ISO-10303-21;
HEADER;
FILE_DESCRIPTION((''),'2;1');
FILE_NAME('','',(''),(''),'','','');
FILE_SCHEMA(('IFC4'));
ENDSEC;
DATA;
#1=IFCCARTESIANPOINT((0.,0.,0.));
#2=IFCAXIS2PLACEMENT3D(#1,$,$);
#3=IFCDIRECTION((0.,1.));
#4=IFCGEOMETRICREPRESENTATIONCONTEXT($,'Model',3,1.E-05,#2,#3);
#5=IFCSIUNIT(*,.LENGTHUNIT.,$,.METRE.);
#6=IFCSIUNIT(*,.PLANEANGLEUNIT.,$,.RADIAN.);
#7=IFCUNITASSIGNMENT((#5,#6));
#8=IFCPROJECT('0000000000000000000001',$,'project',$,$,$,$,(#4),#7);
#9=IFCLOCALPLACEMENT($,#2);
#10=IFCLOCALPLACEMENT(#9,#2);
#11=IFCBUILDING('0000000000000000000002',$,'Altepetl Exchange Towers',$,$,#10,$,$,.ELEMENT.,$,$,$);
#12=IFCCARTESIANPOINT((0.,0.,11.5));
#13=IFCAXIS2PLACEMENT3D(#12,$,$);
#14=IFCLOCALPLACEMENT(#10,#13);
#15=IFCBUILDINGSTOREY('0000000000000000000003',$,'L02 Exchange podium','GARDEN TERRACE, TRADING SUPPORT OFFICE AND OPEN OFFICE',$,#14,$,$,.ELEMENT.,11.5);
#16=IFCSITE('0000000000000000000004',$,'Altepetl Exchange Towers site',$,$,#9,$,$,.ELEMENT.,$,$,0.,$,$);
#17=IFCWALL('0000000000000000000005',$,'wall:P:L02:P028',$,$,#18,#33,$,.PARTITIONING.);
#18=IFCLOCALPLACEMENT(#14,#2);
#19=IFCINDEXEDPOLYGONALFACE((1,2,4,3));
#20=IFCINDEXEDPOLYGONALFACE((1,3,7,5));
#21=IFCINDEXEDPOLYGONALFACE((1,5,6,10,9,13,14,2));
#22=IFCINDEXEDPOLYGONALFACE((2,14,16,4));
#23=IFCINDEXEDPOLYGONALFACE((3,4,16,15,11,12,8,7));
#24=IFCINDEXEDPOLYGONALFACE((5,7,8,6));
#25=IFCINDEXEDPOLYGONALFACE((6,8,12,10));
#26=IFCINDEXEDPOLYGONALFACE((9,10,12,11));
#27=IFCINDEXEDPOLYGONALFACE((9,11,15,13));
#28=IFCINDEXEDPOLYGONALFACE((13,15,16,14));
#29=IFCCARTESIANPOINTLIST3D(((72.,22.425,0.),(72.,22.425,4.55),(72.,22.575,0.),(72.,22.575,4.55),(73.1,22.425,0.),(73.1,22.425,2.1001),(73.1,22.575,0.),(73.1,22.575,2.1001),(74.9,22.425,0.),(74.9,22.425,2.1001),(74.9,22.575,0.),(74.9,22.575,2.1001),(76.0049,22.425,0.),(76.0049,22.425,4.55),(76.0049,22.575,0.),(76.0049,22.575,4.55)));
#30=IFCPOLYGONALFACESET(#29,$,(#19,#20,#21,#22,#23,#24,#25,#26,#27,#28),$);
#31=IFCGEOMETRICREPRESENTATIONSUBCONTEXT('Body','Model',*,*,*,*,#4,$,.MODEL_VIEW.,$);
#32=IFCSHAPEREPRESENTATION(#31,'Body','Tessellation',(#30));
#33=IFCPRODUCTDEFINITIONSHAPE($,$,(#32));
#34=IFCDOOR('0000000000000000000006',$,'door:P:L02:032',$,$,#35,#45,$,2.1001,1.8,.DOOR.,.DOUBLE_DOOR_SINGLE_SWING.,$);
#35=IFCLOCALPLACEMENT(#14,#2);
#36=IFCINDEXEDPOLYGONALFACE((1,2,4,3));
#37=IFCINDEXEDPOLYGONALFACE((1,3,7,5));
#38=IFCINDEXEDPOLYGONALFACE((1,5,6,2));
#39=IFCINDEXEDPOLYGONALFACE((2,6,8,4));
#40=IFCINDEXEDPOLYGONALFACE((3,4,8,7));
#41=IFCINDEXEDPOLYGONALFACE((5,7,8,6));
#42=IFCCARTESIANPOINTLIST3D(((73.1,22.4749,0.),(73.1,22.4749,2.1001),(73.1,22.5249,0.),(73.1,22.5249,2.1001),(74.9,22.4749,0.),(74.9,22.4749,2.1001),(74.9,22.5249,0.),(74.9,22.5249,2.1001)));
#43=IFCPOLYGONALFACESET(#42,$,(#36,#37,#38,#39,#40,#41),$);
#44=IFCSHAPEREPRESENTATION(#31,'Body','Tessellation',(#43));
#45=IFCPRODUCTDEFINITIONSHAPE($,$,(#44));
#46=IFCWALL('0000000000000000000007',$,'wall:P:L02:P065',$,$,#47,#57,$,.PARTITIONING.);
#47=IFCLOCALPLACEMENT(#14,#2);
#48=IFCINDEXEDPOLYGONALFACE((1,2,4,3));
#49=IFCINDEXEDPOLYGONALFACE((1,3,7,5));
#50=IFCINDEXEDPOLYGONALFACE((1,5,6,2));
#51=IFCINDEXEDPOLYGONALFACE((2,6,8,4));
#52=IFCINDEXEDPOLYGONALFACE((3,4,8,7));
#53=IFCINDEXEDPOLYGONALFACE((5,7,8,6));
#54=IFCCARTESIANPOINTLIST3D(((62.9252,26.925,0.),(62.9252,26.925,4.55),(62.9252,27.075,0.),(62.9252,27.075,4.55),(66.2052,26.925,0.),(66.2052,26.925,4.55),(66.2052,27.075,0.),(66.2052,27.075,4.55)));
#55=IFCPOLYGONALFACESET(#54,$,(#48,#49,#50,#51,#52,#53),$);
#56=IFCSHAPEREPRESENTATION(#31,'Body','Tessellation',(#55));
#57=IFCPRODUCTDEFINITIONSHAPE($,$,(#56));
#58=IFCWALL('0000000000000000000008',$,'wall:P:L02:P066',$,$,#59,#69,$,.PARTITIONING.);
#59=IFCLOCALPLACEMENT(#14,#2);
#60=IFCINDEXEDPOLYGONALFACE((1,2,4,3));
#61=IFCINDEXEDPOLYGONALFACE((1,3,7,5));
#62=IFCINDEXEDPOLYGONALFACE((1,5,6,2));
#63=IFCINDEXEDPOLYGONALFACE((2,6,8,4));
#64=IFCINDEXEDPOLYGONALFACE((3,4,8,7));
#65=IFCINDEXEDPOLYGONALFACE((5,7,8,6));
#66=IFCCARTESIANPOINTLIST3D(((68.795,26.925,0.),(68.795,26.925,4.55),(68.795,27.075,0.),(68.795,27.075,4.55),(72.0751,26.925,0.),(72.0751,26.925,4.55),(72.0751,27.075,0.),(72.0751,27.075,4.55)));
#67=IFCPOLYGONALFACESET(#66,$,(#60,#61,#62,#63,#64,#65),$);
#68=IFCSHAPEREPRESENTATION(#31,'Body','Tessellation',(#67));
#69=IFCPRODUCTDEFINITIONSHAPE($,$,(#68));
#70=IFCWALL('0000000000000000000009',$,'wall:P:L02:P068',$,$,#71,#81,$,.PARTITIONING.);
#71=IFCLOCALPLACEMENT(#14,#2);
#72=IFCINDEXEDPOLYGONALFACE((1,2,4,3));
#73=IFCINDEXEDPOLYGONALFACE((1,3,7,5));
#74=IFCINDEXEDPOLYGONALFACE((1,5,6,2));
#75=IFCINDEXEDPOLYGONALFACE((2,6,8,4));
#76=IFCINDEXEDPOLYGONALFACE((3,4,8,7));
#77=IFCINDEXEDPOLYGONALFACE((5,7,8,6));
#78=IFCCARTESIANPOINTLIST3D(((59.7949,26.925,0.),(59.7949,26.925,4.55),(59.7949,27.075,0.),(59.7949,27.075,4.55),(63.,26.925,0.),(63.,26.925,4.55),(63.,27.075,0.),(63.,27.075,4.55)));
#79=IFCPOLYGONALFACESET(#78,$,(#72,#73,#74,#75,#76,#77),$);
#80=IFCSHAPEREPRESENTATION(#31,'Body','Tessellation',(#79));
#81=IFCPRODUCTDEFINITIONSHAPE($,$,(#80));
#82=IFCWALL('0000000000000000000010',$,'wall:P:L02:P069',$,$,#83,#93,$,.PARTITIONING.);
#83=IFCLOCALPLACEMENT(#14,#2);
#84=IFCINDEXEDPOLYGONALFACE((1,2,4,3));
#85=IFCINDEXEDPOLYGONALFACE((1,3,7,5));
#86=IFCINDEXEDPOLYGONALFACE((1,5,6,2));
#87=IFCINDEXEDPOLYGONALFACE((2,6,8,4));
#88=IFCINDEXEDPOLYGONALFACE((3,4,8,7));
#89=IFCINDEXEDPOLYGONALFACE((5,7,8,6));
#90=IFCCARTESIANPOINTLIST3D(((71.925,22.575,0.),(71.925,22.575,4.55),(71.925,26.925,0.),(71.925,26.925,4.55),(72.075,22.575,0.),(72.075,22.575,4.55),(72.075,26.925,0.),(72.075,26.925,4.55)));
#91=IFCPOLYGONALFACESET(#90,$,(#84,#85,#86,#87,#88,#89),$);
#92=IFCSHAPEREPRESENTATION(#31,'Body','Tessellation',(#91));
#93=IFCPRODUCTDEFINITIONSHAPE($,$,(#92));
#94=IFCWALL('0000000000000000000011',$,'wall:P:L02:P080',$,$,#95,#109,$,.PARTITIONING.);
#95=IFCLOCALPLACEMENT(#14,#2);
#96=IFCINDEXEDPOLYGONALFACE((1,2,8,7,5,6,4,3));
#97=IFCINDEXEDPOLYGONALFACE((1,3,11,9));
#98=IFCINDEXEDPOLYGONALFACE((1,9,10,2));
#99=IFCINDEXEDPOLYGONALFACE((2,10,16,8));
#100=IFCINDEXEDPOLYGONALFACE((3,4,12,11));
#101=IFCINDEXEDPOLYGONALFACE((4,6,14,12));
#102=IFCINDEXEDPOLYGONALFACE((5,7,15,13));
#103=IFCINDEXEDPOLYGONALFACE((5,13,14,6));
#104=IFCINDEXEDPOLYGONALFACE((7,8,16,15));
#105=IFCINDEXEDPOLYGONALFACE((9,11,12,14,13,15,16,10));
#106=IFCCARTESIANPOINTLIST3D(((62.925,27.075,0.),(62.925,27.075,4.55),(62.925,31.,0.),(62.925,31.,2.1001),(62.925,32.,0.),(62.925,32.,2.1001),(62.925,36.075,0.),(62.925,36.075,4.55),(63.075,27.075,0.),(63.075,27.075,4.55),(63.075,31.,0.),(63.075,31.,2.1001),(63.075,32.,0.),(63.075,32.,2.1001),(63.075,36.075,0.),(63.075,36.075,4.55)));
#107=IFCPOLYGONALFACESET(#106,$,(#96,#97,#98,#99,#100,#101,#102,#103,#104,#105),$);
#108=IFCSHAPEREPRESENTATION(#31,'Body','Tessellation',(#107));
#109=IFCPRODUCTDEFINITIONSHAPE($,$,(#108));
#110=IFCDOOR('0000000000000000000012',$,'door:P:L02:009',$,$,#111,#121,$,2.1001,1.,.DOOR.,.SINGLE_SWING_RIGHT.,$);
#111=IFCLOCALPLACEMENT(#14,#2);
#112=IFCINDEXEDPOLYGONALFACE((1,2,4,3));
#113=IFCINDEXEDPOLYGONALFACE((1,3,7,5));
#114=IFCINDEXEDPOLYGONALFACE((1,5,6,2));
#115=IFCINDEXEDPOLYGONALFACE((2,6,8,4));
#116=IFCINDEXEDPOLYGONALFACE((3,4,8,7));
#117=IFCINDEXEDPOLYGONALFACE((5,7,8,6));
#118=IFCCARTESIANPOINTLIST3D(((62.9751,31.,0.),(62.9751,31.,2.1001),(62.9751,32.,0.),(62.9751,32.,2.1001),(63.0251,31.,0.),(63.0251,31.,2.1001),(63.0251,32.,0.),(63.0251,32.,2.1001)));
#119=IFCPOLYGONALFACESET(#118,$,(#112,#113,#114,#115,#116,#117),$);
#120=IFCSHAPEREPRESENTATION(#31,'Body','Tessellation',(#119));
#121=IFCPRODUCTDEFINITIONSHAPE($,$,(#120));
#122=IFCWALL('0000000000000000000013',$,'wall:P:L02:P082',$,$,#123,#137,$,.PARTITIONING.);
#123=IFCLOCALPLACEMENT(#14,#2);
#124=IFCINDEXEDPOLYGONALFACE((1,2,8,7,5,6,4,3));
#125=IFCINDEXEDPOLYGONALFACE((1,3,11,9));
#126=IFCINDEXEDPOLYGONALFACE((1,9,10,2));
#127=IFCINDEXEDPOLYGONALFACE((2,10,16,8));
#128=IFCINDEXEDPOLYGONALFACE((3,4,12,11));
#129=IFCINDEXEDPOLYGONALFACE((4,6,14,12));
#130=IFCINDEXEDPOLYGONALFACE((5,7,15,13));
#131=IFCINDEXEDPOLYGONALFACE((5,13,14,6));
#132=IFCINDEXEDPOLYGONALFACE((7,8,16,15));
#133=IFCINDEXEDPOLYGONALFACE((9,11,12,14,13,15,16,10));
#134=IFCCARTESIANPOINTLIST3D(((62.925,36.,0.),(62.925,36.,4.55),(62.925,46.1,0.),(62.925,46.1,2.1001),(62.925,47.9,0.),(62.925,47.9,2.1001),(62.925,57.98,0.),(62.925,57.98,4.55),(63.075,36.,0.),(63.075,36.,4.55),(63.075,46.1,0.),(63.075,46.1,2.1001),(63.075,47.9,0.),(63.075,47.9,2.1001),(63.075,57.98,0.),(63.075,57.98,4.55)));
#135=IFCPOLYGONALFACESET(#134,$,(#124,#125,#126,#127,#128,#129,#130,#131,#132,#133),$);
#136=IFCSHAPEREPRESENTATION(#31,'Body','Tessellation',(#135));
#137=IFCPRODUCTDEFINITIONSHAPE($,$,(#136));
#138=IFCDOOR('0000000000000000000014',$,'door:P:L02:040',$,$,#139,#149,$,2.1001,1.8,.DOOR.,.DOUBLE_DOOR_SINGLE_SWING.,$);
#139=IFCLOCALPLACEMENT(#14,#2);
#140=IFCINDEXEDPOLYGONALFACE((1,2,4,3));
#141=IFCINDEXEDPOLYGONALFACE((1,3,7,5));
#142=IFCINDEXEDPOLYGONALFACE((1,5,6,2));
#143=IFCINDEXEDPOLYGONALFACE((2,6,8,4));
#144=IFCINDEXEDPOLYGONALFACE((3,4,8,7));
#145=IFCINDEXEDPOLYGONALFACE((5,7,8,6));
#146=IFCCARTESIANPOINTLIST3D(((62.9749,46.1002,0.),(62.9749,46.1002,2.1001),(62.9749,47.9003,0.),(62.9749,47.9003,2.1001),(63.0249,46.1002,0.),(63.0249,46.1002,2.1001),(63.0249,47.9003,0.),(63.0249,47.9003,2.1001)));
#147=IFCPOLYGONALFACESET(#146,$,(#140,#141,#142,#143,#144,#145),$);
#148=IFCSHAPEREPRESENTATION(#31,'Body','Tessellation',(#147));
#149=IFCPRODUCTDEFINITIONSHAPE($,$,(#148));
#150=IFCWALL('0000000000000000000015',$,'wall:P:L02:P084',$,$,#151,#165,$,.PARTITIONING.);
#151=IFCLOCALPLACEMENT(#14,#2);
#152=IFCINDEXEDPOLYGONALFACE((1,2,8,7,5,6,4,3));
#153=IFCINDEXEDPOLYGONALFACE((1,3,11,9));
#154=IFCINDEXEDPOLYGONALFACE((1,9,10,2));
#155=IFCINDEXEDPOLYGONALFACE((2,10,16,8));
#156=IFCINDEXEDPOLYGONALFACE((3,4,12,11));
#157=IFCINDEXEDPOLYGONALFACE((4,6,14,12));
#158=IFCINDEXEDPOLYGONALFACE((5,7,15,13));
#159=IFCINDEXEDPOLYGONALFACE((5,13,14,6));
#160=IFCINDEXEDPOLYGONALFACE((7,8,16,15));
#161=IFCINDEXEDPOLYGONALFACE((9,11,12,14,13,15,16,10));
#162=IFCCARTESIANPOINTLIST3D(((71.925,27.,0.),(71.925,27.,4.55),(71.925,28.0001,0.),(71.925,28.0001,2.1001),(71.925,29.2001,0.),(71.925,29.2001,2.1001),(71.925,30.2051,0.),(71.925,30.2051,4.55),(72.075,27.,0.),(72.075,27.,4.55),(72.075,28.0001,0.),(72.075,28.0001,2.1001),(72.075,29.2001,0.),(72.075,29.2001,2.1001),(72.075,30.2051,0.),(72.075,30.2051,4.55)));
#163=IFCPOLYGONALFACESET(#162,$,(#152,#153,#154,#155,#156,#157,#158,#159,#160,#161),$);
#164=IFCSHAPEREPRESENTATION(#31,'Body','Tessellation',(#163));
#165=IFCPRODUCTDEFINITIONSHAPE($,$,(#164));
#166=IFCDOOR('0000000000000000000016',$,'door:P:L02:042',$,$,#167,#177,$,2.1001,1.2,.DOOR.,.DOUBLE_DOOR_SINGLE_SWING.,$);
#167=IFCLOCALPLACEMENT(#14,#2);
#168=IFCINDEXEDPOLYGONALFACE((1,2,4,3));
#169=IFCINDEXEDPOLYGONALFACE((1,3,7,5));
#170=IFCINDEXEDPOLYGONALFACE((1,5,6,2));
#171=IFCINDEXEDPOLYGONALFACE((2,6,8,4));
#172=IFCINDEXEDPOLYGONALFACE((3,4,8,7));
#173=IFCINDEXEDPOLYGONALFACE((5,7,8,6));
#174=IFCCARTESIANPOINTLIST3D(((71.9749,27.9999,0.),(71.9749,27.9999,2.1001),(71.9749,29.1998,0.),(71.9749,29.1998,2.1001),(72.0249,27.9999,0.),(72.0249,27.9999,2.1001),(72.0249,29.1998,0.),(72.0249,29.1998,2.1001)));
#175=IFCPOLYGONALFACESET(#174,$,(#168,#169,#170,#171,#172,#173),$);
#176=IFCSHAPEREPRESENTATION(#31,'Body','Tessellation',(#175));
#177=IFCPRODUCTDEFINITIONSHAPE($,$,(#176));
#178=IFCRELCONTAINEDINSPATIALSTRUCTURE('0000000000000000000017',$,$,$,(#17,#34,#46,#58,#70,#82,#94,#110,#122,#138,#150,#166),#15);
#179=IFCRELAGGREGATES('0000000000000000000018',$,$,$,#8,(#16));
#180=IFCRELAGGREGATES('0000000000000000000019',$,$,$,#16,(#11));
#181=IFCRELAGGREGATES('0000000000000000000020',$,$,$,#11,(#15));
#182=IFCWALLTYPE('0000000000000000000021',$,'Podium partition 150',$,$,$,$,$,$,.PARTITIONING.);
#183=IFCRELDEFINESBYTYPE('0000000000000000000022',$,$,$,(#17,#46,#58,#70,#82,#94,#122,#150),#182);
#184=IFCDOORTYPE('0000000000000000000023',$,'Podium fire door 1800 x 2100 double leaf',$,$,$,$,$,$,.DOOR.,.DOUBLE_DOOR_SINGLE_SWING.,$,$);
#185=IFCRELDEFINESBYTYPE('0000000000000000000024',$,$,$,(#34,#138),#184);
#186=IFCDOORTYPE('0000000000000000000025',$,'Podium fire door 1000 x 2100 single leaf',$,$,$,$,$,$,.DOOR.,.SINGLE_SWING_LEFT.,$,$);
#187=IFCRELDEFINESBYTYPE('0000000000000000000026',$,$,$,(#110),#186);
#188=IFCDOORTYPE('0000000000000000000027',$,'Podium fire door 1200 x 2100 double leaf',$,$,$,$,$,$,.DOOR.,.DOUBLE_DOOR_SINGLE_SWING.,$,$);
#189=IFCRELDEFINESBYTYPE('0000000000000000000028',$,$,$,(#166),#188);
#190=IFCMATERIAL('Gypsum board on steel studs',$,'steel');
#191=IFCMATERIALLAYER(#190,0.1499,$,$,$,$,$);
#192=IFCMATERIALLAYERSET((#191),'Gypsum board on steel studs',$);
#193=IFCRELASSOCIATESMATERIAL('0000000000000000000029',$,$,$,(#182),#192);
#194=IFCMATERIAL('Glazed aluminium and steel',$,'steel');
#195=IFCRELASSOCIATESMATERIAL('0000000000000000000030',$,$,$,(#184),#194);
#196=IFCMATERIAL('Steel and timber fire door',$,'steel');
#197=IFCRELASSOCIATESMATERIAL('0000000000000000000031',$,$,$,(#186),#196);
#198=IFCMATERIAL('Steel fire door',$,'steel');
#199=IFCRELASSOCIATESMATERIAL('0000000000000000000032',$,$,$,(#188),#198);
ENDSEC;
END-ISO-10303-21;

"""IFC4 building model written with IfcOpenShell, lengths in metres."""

from ifc_helpers import new_model, si_unit, direction, frame, frame_2d, origin, place, context, subcontext, project, spatial, rectangle, extrude, material, layer, layer_set, type_object, element, fill, save


model = new_model("IFC4")

# Units and contexts
model_context = context("Model", 3, precision=1e-05, world=origin(), true_north=direction((0.0, 1.0)))
body_context = subcontext(model_context, "Body", "Model", "MODEL_VIEW")
ifc_project = project(units=[si_unit("LENGTHUNIT", "METRE"), si_unit("PLANEANGLEUNIT", "RADIAN")], contexts=[model_context])

# Site, building, storey
site_placement = place(None, origin())
site = spatial("IfcSite", under=ifc_project, at=site_placement, Name="Altepetl Exchange Towers site", CompositionType="ELEMENT", RefElevation=0.0)
building_placement = place(site_placement, origin())
building = spatial("IfcBuilding", under=site, at=building_placement, Name="Altepetl Exchange Towers", CompositionType="ELEMENT")
storey_placement = place(building_placement, frame((0.0, 0.0, 11.5)))
storey = spatial("IfcBuildingStorey", under=building, at=storey_placement, Name="L02 Exchange podium", Description="GARDEN TERRACE, TRADING SUPPORT OFFICE AND OPEN OFFICE", CompositionType="ELEMENT", Elevation=11.5)

# Shared definitions
ifc_material_1 = material(Name="Steel and timber fire door", Category="steel")

# Shared definitions
ifc_material_2 = material(Name="Gypsum board on steel studs", Category="steel")
ifc_layer_1 = layer(ifc_material_2, 0.1499)
ifc_layer_set_1 = layer_set([ifc_layer_1], Name="Gypsum board on steel studs")
wall_type_1 = type_object("IfcWallType", Name="Podium partition 150", PredefinedType="PARTITIONING", material=ifc_layer_set_1)

# Wall, opening, door
wall_1_placement = place(storey_placement, frame((72.0, 22.5, 0.0)))
wall_1 = element("IfcWall", 1, at=wall_1_placement, inside=storey, type_object=wall_type_1, Name="wall:P:L02:P028", PredefinedType="PARTITIONING", context=body_context, shape_type="SweptSolid", body=[
    extrude(rectangle(XDim=4.0049, YDim=0.1499, at=frame_2d((2.0024, 0.0))), origin(), (0.0, 0.0, 1.0), 4.55),
])
opening_1_placement = place(wall_1_placement, frame((1.1001, 0.0, 0.0)))
opening_1 = element("IfcOpeningElement", 2, at=opening_1_placement, cuts=wall_1, PredefinedType="OPENING", context=body_context, shape_type="SweptSolid", body=[
    extrude(rectangle(XDim=1.8, YDim=2.1001, at=frame_2d((0.8999, 1.05))), frame((0.0, 0.085, 0.0), z_axis=(0.0, -1.0, 0.0), x_axis=(1.0, 0.0, 0.0)), (0.0, 0.0, 1.0), 0.1699),
])
ifc_material_3 = material(Name="Glazed aluminium and steel", Category="steel")
door_type_1 = type_object("IfcDoorType", Name="Podium fire door 1800 x 2100 double leaf", OperationType="DOUBLE_DOOR_SINGLE_SWING", PredefinedType="DOOR", material=ifc_material_3)
door_1_placement = place(opening_1_placement, origin())
door_1 = element("IfcDoor", 3, at=door_1_placement, inside=storey, type_object=door_type_1, Name="door:P:L02:032", OperationType="DOUBLE_DOOR_SINGLE_SWING", OverallHeight=2.1001, OverallWidth=1.8, PredefinedType="DOOR", context=body_context, shape_type="SweptSolid", body=[
    extrude(rectangle(XDim=1.8, YDim=2.1001, at=frame_2d((0.8999, 1.05))), frame((0.0, 0.0249, 0.0), z_axis=(0.0, -1.0, 0.0), x_axis=(1.0, 0.0, 0.0)), (0.0, 0.0, 1.0), 0.05),
])
fill(opening_1, door_1)

# Walls
for number, where, name in (
    (4, (62.925, 27.0, 0.0), "wall:P:L02:P065"),
    (5, (68.7949, 27.0, 0.0), "wall:P:L02:P066"),
):
    element("IfcWall", number, at=place(storey_placement, frame(where)), inside=storey, type_object=wall_type_1, Name=name, PredefinedType="PARTITIONING", context=body_context, shape_type="SweptSolid", body=[
        extrude(rectangle(XDim=3.28, YDim=0.1499, at=frame_2d((1.6401, 0.0))), origin(), (0.0, 0.0, 1.0), 4.55),
    ])
wall_2_placement = place(storey_placement, frame((59.7949, 27.0, 0.0)))
element("IfcWall", 6, at=wall_2_placement, inside=storey, type_object=wall_type_1, Name="wall:P:L02:P068", PredefinedType="PARTITIONING", context=body_context, shape_type="SweptSolid", body=[
    extrude(rectangle(XDim=3.2051, YDim=0.1499, at=frame_2d((1.6025, 0.0))), origin(), (0.0, 0.0, 1.0), 4.55),
])
wall_3_placement = place(storey_placement, frame((72.0, 22.575, 0.0), z_axis=(0.0, 0.0, 1.0), x_axis=(0.0, 1.0, 0.0)))
element("IfcWall", 7, at=wall_3_placement, inside=storey, type_object=wall_type_1, Name="wall:P:L02:P069", PredefinedType="PARTITIONING", context=body_context, shape_type="SweptSolid", body=[
    extrude(rectangle(XDim=4.3501, YDim=0.1499, at=frame_2d((2.175, 0.0))), origin(), (0.0, 0.0, 1.0), 4.55),
])

# Walls, openings, doors
wall_4_placement = place(storey_placement, frame((63.0, 27.075, 0.0), z_axis=(0.0, 0.0, 1.0), x_axis=(0.0, 1.0, 0.0)))
wall_4 = element("IfcWall", 8, at=wall_4_placement, inside=storey, type_object=wall_type_1, Name="wall:P:L02:P080", PredefinedType="PARTITIONING", context=body_context, shape_type="SweptSolid", body=[
    extrude(rectangle(XDim=9.0, YDim=0.1499, at=frame_2d((4.5, 0.0))), origin(), (0.0, 0.0, 1.0), 4.55),
])
opening_2_placement = place(wall_4_placement, frame((3.925, 0.0, 0.0)))
opening_2 = element("IfcOpeningElement", 9, at=opening_2_placement, cuts=wall_4, PredefinedType="OPENING", context=body_context, shape_type="SweptSolid", body=[
    extrude(rectangle(XDim=1.0, YDim=2.1001, at=frame_2d((0.5, 1.05))), frame((0.0, 0.085, 0.0), z_axis=(0.0, -1.0, 0.0), x_axis=(1.0, 0.0, 0.0)), (0.0, 0.0, 1.0), 0.1699),
])
door_type_2 = type_object("IfcDoorType", Name="Podium fire door 1000 x 2100 single leaf", OperationType="SINGLE_SWING_LEFT", PredefinedType="DOOR", material=ifc_material_1)
door_2_placement = place(opening_2_placement, origin())
door_2 = element("IfcDoor", 10, at=door_2_placement, inside=storey, type_object=door_type_2, Name="door:P:L02:009", OperationType="SINGLE_SWING_RIGHT", OverallHeight=2.1001, OverallWidth=1.0, PredefinedType="DOOR", context=body_context, shape_type="SweptSolid", body=[
    extrude(rectangle(XDim=1.0, YDim=2.1001, at=frame_2d((0.5, 1.05))), frame((0.0, 0.0249, 0.0), z_axis=(0.0, -1.0, 0.0), x_axis=(1.0, 0.0, 0.0)), (0.0, 0.0, 1.0), 0.05),
])
fill(opening_2, door_2)
wall_5_placement = place(storey_placement, frame((63.0, 36.0, 0.0), z_axis=(0.0, 0.0, 1.0), x_axis=(0.0, 1.0, 0.0)))
wall_5 = element("IfcWall", 11, at=wall_5_placement, inside=storey, type_object=wall_type_1, Name="wall:P:L02:P082", PredefinedType="PARTITIONING", context=body_context, shape_type="SweptSolid", body=[
    extrude(rectangle(XDim=21.98, YDim=0.1499, at=frame_2d((10.99, 0.0))), origin(), (0.0, 0.0, 1.0), 4.55),
])
opening_3_placement = place(wall_5_placement, frame((10.1001, 0.0, 0.0)))
opening_3 = element("IfcOpeningElement", 12, at=opening_3_placement, cuts=wall_5, PredefinedType="OPENING", context=body_context, shape_type="SweptSolid", body=[
    extrude(rectangle(XDim=1.8, YDim=2.1001, at=frame_2d((0.8999, 1.05))), frame((0.0, 0.085, 0.0), z_axis=(0.0, -1.0, 0.0), x_axis=(1.0, 0.0, 0.0)), (0.0, 0.0, 1.0), 0.1699),
])
door_3_placement = place(opening_3_placement, frame((1.8, 0.0, 0.0), x_axis=(-1.0, 0.0, 0.0)))
door_3 = element("IfcDoor", 13, at=door_3_placement, inside=storey, type_object=door_type_1, Name="door:P:L02:040", OperationType="DOUBLE_DOOR_SINGLE_SWING", OverallHeight=2.1001, OverallWidth=1.8, PredefinedType="DOOR", context=body_context, shape_type="SweptSolid", body=[
    extrude(rectangle(XDim=1.8, YDim=2.1001, at=frame_2d((0.8999, 1.05))), frame((0.0, 0.0249, 0.0), z_axis=(0.0, -1.0, 0.0), x_axis=(1.0, 0.0, 0.0)), (0.0, 0.0, 1.0), 0.05),
])
fill(opening_3, door_3)
wall_6_placement = place(storey_placement, frame((72.0, 27.0, 0.0), z_axis=(0.0, 0.0, 1.0), x_axis=(0.0, 1.0, 0.0)))
wall_6 = element("IfcWall", 14, at=wall_6_placement, inside=storey, type_object=wall_type_1, Name="wall:P:L02:P084", PredefinedType="PARTITIONING", context=body_context, shape_type="SweptSolid", body=[
    extrude(rectangle(XDim=3.2051, YDim=0.1499, at=frame_2d((1.6025, 0.0))), origin(), (0.0, 0.0, 1.0), 4.55),
])
opening_4_placement = place(wall_6_placement, frame((1.0, 0.0, 0.0)))
opening_4 = element("IfcOpeningElement", 15, at=opening_4_placement, cuts=wall_6, PredefinedType="OPENING", context=body_context, shape_type="SweptSolid", body=[
    extrude(rectangle(XDim=1.2, YDim=2.1001, at=frame_2d((0.6001, 1.05))), frame((0.0, 0.085, 0.0), z_axis=(0.0, -1.0, 0.0), x_axis=(1.0, 0.0, 0.0)), (0.0, 0.0, 1.0), 0.1699),
])
ifc_material_4 = material(Name="Steel fire door", Category="steel")
door_type_3 = type_object("IfcDoorType", Name="Podium fire door 1200 x 2100 double leaf", OperationType="DOUBLE_DOOR_SINGLE_SWING", PredefinedType="DOOR", material=ifc_material_4)
door_4_placement = place(opening_4_placement, frame((1.2, 0.0, 0.0), x_axis=(-1.0, 0.0, 0.0)))
door_4 = element("IfcDoor", 16, at=door_4_placement, inside=storey, type_object=door_type_3, Name="door:P:L02:042", OperationType="DOUBLE_DOOR_SINGLE_SWING", OverallHeight=2.1001, OverallWidth=1.2, PredefinedType="DOOR", context=body_context, shape_type="SweptSolid", body=[
    extrude(rectangle(XDim=1.2, YDim=2.1001, at=frame_2d((0.6001, 1.05))), frame((0.0, 0.0249, 0.0), z_axis=(0.0, -1.0, 0.0), x_axis=(1.0, 0.0, 0.0)), (0.0, 0.0, 1.0), 0.05),
])
fill(opening_4, door_4)

save(model, "model.ifc")
